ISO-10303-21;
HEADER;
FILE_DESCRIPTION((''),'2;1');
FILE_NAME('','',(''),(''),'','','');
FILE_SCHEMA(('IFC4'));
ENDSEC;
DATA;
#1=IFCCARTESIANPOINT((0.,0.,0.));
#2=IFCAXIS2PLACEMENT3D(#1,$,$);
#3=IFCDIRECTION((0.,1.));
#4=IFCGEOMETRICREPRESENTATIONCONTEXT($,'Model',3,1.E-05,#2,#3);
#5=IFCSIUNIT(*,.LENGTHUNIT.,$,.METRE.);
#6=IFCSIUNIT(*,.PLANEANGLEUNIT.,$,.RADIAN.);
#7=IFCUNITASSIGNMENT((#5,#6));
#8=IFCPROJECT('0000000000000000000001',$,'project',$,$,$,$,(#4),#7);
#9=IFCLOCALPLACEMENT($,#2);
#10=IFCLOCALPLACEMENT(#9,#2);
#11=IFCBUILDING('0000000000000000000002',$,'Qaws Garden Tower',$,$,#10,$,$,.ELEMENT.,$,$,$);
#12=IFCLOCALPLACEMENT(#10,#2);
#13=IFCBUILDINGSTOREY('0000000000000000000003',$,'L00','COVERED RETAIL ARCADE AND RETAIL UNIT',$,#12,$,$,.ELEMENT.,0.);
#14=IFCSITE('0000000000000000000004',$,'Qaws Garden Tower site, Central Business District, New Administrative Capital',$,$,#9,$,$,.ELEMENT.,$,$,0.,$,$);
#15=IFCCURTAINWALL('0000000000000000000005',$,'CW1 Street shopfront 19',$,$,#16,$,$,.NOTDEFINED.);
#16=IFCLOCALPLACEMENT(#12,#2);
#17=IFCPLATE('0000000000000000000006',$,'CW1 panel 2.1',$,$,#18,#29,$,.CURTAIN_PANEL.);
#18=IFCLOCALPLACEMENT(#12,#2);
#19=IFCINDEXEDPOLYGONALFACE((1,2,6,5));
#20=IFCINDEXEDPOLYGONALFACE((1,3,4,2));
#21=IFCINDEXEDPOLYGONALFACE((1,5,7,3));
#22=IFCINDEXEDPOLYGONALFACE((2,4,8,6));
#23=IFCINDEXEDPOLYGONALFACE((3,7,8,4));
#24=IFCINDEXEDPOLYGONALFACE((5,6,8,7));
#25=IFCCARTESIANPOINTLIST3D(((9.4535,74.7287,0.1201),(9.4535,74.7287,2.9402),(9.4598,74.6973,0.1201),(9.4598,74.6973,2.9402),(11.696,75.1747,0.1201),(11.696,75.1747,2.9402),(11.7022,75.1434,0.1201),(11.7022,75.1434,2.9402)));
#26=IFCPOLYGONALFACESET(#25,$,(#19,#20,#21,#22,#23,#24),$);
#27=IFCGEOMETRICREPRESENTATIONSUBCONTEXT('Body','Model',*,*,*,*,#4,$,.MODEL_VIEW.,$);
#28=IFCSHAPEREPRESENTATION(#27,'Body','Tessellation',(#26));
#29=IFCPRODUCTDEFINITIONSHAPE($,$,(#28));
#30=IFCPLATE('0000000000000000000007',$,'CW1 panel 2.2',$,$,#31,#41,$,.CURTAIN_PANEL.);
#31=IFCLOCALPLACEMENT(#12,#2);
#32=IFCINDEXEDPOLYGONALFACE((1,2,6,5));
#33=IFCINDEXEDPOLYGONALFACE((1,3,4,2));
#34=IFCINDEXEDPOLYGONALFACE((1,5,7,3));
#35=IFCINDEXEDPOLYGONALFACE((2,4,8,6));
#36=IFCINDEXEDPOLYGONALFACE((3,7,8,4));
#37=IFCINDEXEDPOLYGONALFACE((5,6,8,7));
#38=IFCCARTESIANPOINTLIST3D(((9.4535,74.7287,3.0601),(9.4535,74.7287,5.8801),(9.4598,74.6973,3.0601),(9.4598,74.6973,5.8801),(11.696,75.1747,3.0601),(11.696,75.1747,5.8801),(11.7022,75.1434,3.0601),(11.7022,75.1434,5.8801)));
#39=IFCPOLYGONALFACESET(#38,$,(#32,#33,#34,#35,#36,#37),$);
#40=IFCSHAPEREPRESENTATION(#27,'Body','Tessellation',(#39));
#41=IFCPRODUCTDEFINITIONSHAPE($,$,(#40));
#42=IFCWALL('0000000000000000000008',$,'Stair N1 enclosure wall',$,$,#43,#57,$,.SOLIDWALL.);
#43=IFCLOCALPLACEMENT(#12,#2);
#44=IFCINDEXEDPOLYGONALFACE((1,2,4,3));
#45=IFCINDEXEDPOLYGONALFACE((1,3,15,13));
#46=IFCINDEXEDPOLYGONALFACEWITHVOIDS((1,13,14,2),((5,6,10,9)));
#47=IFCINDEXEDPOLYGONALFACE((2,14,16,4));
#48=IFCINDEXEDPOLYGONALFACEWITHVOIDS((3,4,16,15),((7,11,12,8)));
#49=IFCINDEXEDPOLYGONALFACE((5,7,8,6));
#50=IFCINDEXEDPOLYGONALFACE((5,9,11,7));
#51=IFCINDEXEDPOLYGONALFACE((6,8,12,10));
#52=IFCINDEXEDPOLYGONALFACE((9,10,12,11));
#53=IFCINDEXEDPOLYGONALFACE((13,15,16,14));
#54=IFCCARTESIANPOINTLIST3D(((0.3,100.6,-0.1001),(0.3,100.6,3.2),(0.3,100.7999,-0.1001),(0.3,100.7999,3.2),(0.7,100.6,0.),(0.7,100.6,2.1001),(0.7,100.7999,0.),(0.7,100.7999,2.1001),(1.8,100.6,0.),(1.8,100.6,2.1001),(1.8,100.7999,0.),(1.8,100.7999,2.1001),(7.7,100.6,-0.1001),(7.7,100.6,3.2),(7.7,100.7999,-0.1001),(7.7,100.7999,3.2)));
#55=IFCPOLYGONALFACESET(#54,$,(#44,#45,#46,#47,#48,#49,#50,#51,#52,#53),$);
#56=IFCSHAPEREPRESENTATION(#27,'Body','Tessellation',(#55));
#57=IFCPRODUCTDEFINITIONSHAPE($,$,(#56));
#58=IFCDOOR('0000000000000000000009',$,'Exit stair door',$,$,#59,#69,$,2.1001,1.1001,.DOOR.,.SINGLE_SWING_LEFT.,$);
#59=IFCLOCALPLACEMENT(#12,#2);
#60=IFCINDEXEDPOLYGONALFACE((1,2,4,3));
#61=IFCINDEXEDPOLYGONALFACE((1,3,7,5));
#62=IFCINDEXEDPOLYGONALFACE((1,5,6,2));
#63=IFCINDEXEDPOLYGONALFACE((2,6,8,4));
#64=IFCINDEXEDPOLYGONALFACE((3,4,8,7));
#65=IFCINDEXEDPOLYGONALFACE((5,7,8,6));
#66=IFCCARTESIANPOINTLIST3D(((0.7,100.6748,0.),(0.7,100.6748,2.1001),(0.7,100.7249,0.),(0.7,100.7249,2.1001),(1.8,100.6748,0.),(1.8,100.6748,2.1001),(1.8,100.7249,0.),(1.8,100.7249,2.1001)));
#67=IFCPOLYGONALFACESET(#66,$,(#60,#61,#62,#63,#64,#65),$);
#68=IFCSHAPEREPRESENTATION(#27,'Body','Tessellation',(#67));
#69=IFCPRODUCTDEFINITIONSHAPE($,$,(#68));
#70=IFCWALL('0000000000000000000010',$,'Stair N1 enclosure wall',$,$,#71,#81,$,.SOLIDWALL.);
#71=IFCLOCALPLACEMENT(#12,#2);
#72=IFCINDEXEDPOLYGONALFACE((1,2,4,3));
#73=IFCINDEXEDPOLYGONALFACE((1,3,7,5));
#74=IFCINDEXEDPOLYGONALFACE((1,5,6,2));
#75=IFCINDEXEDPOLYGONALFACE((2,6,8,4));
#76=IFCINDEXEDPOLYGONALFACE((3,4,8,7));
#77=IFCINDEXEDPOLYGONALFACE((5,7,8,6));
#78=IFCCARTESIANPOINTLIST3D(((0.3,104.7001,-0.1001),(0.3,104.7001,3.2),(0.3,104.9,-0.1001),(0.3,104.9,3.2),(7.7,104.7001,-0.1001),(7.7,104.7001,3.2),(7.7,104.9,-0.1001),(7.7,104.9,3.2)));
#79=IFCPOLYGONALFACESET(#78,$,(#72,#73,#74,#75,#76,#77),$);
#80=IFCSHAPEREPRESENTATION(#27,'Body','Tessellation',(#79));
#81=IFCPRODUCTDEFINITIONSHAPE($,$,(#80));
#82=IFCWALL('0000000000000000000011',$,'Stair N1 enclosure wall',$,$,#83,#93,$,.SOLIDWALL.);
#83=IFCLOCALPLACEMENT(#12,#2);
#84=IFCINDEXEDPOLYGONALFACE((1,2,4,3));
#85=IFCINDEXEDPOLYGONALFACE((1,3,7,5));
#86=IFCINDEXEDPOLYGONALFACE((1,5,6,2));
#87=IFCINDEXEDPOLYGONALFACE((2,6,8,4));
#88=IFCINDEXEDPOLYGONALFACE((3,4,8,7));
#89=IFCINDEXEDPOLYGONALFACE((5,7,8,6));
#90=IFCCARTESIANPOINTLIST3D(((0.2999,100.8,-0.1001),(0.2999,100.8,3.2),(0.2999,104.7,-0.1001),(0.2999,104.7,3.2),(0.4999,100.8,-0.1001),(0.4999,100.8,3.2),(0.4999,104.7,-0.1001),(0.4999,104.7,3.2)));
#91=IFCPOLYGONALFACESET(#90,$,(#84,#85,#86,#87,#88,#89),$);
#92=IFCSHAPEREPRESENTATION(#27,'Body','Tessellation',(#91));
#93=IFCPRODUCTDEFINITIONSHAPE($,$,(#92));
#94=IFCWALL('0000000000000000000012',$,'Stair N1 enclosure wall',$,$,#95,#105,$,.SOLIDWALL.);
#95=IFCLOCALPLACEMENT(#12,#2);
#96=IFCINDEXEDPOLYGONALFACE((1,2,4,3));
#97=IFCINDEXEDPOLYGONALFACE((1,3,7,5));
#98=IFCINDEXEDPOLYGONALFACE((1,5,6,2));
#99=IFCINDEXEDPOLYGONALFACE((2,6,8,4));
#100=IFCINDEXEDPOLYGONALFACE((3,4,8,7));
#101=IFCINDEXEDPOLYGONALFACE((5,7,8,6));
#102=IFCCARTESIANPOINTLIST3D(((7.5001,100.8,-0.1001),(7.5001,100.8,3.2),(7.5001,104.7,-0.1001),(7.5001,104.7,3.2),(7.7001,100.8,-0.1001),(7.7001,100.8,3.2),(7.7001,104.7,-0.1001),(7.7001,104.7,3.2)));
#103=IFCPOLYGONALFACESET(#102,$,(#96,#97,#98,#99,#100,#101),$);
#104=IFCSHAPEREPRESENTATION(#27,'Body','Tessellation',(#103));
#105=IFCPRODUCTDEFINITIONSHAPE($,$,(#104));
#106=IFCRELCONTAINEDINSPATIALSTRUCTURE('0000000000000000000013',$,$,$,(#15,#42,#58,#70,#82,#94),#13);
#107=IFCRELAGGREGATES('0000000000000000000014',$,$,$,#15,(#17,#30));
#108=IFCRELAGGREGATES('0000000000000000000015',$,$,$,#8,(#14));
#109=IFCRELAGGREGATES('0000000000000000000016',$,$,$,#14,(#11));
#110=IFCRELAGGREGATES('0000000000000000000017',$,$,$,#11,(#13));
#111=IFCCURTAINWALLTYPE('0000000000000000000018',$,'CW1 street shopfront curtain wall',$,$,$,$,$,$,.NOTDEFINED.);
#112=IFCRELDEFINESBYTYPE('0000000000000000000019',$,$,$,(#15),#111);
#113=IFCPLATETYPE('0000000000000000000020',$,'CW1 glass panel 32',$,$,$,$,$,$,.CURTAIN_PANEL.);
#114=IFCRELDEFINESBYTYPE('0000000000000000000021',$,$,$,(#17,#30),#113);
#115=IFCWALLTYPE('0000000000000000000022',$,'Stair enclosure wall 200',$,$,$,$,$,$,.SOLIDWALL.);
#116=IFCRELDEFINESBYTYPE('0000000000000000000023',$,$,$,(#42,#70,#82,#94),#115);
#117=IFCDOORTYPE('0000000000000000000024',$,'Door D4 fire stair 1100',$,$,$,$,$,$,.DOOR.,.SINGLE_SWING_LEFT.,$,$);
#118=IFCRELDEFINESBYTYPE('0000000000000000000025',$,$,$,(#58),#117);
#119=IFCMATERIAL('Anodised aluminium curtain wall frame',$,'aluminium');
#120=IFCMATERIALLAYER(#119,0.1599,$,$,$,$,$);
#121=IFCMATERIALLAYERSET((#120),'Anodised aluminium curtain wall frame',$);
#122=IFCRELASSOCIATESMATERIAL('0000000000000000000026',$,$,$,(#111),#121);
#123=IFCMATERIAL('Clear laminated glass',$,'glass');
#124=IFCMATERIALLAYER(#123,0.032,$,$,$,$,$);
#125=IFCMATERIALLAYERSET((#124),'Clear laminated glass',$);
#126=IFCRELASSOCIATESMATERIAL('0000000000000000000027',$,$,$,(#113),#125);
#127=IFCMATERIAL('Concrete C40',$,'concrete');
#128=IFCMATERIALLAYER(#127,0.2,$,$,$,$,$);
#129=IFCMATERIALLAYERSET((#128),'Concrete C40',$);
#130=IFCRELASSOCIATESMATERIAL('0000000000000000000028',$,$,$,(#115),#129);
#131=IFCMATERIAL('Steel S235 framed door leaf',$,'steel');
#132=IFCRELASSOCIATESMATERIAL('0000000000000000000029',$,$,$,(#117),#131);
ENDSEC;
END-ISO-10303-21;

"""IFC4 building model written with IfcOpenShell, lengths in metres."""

from ifc_helpers import new_model, si_unit, direction, frame, frame_2d, origin, origin_2d, place, context, subcontext, project, spatial, rectangle, extrude, material, layer, layer_set, type_object, element, fill, aggregate, save


model = new_model("IFC4")

# Units and contexts
model_context = context("Model", 3, precision=1e-05, world=origin(), true_north=direction((0.0, 1.0)))
body_context = subcontext(model_context, "Body", "Model", "MODEL_VIEW")
ifc_project = project(units=[si_unit("LENGTHUNIT", "METRE"), si_unit("PLANEANGLEUNIT", "RADIAN")], contexts=[model_context])

# Site, building, storey
site_placement = place(None, origin())
site = spatial("IfcSite", under=ifc_project, at=site_placement, Name="Qaws Garden Tower site, Central Business District, New Administrative Capital", CompositionType="ELEMENT", RefElevation=0.0)
building_placement = place(site_placement, origin())
building = spatial("IfcBuilding", under=site, at=building_placement, Name="Qaws Garden Tower", CompositionType="ELEMENT")
storey_placement = place(building_placement, origin())
storey = spatial("IfcBuildingStorey", under=building, at=storey_placement, Name="L00", Description="COVERED RETAIL ARCADE AND RETAIL UNIT", CompositionType="ELEMENT", Elevation=0.0)

# Curtain wall
ifc_material_1 = material(Name="Anodised aluminium curtain wall frame", Category="aluminium")
ifc_layer_1 = layer(ifc_material_1, 0.1599)
ifc_layer_set_1 = layer_set([ifc_layer_1], Name="Anodised aluminium curtain wall frame")
curtain_wall_type = type_object("IfcCurtainWallType", Name="CW1 street shopfront curtain wall", PredefinedType="NOTDEFINED", material=ifc_layer_set_1)
placement = place(storey_placement, origin())
curtain_wall_1 = element("IfcCurtainWall", 1, at=placement, inside=storey, type_object=curtain_wall_type, Name="CW1 Street shopfront 19", PredefinedType="NOTDEFINED")

# Plates
ifc_material_2 = material(Name="Clear laminated glass", Category="glass")
ifc_layer_2 = layer(ifc_material_2, 0.032)
ifc_layer_set_2 = layer_set([ifc_layer_2], Name="Clear laminated glass")
plate_type = type_object("IfcPlateType", Name="CW1 glass panel 32", PredefinedType="CURTAIN_PANEL", material=ifc_layer_set_2)
plate_1_placement = place(storey_placement, frame((10.5779, 74.936, 0.1201), z_axis=(0.0, 0.0, 1.0), x_axis=(-0.980785, -0.19509, 0.0)))
plate_1 = element("IfcPlate", 2, at=plate_1_placement, type_object=plate_type, Name="CW1 panel 2.1", PredefinedType="CURTAIN_PANEL", context=body_context, shape_type="SweptSolid", body=[
    extrude(rectangle(XDim=2.2864, YDim=0.032, at=origin_2d()), origin(), (0.0, 0.0, 1.0), 2.8201),
])
plate_2_placement = place(storey_placement, frame((10.5779, 74.936, 3.0601), z_axis=(0.0, 0.0, 1.0), x_axis=(-0.980785, -0.19509, 0.0)))
plate_2 = element("IfcPlate", 3, at=plate_2_placement, type_object=plate_type, Name="CW1 panel 2.2", PredefinedType="CURTAIN_PANEL", context=body_context, shape_type="SweptSolid", body=[
    extrude(rectangle(XDim=2.2864, YDim=0.032, at=origin_2d()), origin(), (0.0, 0.0, 1.0), 2.8201),
])
aggregate(curtain_wall_1, [plate_1, plate_2])

# Wall, opening, door
ifc_material_3 = material(Name="Concrete C40", Category="concrete")
ifc_layer_3 = layer(ifc_material_3, 0.2)
ifc_layer_set_3 = layer_set([ifc_layer_3], Name="Concrete C40")
wall_type = type_object("IfcWallType", Name="Stair enclosure wall 200", PredefinedType="SOLIDWALL", material=ifc_layer_set_3)
wall_1_placement = place(storey_placement, frame((0.3, 100.7, -0.1001), z_axis=(0.0, 0.0, 1.0), x_axis=(1.0, 0.0, 0.0)))
wall_1 = element("IfcWall", 4, at=wall_1_placement, inside=storey, type_object=wall_type, Name="Stair N1 enclosure wall", PredefinedType="SOLIDWALL", context=body_context, shape_type="SweptSolid", body=[
    extrude(rectangle(XDim=7.3999, YDim=0.2, at=frame_2d((3.7, 0.0))), origin(), (0.0, 0.0, 1.0), 3.3),
])
opening_placement = place(wall_1_placement, frame((0.3999, 0.0, 0.1001)))
opening = element("IfcOpeningElement", 5, at=opening_placement, cuts=wall_1, PredefinedType="OPENING", context=body_context, shape_type="SweptSolid", body=[
    extrude(rectangle(XDim=1.1001, YDim=2.1001, at=frame_2d((0.55, 1.05))), frame((0.0, 0.1099, 0.0), z_axis=(0.0, -1.0, 0.0), x_axis=(1.0, 0.0, 0.0)), (0.0, 0.0, 1.0), 0.22),
])
ifc_material_4 = material(Name="Steel S235 framed door leaf", Category="steel")
door_type = type_object("IfcDoorType", Name="Door D4 fire stair 1100", OperationType="SINGLE_SWING_LEFT", PredefinedType="DOOR", material=ifc_material_4)
door_placement = place(opening_placement, origin())
door = element("IfcDoor", 6, at=door_placement, inside=storey, type_object=door_type, Name="Exit stair door", OperationType="SINGLE_SWING_LEFT", OverallHeight=2.1001, OverallWidth=1.1001, PredefinedType="DOOR", context=body_context, shape_type="SweptSolid", body=[
    extrude(rectangle(XDim=1.1001, YDim=2.1001, at=frame_2d((0.55, 1.05))), frame((0.0, 0.0249, 0.0), z_axis=(0.0, -1.0, 0.0), x_axis=(1.0, 0.0, 0.0)), (0.0, 0.0, 1.0), 0.05),
])
fill(opening, door)

# Walls
wall_2_placement = place(storey_placement, frame((0.3, 104.8, -0.1001), z_axis=(0.0, 0.0, 1.0), x_axis=(1.0, 0.0, 0.0)))
element("IfcWall", 7, at=wall_2_placement, inside=storey, type_object=wall_type, Name="Stair N1 enclosure wall", PredefinedType="SOLIDWALL", context=body_context, shape_type="SweptSolid", body=[
    extrude(rectangle(XDim=7.3999, YDim=0.2, at=frame_2d((3.7, 0.0))), origin(), (0.0, 0.0, 1.0), 3.3),
])
for number, where, z_axis, x_axis, name in (
    (8, (0.3999, 100.8, -0.1001), (0.0, 0.0, 1.0), (0.0, 1.0, 0.0), "Stair N1 enclosure wall"),
    (9, (7.6001, 100.8, -0.1001), (0.0, 0.0, 1.0), (0.0, 1.0, 0.0), "Stair N1 enclosure wall"),
):
    element("IfcWall", number, at=place(storey_placement, frame(where, z_axis=z_axis, x_axis=x_axis)), inside=storey, type_object=wall_type, Name=name, PredefinedType="SOLIDWALL", context=body_context, shape_type="SweptSolid", body=[
        extrude(rectangle(XDim=3.8999, YDim=0.2, at=frame_2d((1.95, 0.0))), origin(), (0.0, 0.0, 1.0), 3.3),
    ])

save(model, "model.ifc")
